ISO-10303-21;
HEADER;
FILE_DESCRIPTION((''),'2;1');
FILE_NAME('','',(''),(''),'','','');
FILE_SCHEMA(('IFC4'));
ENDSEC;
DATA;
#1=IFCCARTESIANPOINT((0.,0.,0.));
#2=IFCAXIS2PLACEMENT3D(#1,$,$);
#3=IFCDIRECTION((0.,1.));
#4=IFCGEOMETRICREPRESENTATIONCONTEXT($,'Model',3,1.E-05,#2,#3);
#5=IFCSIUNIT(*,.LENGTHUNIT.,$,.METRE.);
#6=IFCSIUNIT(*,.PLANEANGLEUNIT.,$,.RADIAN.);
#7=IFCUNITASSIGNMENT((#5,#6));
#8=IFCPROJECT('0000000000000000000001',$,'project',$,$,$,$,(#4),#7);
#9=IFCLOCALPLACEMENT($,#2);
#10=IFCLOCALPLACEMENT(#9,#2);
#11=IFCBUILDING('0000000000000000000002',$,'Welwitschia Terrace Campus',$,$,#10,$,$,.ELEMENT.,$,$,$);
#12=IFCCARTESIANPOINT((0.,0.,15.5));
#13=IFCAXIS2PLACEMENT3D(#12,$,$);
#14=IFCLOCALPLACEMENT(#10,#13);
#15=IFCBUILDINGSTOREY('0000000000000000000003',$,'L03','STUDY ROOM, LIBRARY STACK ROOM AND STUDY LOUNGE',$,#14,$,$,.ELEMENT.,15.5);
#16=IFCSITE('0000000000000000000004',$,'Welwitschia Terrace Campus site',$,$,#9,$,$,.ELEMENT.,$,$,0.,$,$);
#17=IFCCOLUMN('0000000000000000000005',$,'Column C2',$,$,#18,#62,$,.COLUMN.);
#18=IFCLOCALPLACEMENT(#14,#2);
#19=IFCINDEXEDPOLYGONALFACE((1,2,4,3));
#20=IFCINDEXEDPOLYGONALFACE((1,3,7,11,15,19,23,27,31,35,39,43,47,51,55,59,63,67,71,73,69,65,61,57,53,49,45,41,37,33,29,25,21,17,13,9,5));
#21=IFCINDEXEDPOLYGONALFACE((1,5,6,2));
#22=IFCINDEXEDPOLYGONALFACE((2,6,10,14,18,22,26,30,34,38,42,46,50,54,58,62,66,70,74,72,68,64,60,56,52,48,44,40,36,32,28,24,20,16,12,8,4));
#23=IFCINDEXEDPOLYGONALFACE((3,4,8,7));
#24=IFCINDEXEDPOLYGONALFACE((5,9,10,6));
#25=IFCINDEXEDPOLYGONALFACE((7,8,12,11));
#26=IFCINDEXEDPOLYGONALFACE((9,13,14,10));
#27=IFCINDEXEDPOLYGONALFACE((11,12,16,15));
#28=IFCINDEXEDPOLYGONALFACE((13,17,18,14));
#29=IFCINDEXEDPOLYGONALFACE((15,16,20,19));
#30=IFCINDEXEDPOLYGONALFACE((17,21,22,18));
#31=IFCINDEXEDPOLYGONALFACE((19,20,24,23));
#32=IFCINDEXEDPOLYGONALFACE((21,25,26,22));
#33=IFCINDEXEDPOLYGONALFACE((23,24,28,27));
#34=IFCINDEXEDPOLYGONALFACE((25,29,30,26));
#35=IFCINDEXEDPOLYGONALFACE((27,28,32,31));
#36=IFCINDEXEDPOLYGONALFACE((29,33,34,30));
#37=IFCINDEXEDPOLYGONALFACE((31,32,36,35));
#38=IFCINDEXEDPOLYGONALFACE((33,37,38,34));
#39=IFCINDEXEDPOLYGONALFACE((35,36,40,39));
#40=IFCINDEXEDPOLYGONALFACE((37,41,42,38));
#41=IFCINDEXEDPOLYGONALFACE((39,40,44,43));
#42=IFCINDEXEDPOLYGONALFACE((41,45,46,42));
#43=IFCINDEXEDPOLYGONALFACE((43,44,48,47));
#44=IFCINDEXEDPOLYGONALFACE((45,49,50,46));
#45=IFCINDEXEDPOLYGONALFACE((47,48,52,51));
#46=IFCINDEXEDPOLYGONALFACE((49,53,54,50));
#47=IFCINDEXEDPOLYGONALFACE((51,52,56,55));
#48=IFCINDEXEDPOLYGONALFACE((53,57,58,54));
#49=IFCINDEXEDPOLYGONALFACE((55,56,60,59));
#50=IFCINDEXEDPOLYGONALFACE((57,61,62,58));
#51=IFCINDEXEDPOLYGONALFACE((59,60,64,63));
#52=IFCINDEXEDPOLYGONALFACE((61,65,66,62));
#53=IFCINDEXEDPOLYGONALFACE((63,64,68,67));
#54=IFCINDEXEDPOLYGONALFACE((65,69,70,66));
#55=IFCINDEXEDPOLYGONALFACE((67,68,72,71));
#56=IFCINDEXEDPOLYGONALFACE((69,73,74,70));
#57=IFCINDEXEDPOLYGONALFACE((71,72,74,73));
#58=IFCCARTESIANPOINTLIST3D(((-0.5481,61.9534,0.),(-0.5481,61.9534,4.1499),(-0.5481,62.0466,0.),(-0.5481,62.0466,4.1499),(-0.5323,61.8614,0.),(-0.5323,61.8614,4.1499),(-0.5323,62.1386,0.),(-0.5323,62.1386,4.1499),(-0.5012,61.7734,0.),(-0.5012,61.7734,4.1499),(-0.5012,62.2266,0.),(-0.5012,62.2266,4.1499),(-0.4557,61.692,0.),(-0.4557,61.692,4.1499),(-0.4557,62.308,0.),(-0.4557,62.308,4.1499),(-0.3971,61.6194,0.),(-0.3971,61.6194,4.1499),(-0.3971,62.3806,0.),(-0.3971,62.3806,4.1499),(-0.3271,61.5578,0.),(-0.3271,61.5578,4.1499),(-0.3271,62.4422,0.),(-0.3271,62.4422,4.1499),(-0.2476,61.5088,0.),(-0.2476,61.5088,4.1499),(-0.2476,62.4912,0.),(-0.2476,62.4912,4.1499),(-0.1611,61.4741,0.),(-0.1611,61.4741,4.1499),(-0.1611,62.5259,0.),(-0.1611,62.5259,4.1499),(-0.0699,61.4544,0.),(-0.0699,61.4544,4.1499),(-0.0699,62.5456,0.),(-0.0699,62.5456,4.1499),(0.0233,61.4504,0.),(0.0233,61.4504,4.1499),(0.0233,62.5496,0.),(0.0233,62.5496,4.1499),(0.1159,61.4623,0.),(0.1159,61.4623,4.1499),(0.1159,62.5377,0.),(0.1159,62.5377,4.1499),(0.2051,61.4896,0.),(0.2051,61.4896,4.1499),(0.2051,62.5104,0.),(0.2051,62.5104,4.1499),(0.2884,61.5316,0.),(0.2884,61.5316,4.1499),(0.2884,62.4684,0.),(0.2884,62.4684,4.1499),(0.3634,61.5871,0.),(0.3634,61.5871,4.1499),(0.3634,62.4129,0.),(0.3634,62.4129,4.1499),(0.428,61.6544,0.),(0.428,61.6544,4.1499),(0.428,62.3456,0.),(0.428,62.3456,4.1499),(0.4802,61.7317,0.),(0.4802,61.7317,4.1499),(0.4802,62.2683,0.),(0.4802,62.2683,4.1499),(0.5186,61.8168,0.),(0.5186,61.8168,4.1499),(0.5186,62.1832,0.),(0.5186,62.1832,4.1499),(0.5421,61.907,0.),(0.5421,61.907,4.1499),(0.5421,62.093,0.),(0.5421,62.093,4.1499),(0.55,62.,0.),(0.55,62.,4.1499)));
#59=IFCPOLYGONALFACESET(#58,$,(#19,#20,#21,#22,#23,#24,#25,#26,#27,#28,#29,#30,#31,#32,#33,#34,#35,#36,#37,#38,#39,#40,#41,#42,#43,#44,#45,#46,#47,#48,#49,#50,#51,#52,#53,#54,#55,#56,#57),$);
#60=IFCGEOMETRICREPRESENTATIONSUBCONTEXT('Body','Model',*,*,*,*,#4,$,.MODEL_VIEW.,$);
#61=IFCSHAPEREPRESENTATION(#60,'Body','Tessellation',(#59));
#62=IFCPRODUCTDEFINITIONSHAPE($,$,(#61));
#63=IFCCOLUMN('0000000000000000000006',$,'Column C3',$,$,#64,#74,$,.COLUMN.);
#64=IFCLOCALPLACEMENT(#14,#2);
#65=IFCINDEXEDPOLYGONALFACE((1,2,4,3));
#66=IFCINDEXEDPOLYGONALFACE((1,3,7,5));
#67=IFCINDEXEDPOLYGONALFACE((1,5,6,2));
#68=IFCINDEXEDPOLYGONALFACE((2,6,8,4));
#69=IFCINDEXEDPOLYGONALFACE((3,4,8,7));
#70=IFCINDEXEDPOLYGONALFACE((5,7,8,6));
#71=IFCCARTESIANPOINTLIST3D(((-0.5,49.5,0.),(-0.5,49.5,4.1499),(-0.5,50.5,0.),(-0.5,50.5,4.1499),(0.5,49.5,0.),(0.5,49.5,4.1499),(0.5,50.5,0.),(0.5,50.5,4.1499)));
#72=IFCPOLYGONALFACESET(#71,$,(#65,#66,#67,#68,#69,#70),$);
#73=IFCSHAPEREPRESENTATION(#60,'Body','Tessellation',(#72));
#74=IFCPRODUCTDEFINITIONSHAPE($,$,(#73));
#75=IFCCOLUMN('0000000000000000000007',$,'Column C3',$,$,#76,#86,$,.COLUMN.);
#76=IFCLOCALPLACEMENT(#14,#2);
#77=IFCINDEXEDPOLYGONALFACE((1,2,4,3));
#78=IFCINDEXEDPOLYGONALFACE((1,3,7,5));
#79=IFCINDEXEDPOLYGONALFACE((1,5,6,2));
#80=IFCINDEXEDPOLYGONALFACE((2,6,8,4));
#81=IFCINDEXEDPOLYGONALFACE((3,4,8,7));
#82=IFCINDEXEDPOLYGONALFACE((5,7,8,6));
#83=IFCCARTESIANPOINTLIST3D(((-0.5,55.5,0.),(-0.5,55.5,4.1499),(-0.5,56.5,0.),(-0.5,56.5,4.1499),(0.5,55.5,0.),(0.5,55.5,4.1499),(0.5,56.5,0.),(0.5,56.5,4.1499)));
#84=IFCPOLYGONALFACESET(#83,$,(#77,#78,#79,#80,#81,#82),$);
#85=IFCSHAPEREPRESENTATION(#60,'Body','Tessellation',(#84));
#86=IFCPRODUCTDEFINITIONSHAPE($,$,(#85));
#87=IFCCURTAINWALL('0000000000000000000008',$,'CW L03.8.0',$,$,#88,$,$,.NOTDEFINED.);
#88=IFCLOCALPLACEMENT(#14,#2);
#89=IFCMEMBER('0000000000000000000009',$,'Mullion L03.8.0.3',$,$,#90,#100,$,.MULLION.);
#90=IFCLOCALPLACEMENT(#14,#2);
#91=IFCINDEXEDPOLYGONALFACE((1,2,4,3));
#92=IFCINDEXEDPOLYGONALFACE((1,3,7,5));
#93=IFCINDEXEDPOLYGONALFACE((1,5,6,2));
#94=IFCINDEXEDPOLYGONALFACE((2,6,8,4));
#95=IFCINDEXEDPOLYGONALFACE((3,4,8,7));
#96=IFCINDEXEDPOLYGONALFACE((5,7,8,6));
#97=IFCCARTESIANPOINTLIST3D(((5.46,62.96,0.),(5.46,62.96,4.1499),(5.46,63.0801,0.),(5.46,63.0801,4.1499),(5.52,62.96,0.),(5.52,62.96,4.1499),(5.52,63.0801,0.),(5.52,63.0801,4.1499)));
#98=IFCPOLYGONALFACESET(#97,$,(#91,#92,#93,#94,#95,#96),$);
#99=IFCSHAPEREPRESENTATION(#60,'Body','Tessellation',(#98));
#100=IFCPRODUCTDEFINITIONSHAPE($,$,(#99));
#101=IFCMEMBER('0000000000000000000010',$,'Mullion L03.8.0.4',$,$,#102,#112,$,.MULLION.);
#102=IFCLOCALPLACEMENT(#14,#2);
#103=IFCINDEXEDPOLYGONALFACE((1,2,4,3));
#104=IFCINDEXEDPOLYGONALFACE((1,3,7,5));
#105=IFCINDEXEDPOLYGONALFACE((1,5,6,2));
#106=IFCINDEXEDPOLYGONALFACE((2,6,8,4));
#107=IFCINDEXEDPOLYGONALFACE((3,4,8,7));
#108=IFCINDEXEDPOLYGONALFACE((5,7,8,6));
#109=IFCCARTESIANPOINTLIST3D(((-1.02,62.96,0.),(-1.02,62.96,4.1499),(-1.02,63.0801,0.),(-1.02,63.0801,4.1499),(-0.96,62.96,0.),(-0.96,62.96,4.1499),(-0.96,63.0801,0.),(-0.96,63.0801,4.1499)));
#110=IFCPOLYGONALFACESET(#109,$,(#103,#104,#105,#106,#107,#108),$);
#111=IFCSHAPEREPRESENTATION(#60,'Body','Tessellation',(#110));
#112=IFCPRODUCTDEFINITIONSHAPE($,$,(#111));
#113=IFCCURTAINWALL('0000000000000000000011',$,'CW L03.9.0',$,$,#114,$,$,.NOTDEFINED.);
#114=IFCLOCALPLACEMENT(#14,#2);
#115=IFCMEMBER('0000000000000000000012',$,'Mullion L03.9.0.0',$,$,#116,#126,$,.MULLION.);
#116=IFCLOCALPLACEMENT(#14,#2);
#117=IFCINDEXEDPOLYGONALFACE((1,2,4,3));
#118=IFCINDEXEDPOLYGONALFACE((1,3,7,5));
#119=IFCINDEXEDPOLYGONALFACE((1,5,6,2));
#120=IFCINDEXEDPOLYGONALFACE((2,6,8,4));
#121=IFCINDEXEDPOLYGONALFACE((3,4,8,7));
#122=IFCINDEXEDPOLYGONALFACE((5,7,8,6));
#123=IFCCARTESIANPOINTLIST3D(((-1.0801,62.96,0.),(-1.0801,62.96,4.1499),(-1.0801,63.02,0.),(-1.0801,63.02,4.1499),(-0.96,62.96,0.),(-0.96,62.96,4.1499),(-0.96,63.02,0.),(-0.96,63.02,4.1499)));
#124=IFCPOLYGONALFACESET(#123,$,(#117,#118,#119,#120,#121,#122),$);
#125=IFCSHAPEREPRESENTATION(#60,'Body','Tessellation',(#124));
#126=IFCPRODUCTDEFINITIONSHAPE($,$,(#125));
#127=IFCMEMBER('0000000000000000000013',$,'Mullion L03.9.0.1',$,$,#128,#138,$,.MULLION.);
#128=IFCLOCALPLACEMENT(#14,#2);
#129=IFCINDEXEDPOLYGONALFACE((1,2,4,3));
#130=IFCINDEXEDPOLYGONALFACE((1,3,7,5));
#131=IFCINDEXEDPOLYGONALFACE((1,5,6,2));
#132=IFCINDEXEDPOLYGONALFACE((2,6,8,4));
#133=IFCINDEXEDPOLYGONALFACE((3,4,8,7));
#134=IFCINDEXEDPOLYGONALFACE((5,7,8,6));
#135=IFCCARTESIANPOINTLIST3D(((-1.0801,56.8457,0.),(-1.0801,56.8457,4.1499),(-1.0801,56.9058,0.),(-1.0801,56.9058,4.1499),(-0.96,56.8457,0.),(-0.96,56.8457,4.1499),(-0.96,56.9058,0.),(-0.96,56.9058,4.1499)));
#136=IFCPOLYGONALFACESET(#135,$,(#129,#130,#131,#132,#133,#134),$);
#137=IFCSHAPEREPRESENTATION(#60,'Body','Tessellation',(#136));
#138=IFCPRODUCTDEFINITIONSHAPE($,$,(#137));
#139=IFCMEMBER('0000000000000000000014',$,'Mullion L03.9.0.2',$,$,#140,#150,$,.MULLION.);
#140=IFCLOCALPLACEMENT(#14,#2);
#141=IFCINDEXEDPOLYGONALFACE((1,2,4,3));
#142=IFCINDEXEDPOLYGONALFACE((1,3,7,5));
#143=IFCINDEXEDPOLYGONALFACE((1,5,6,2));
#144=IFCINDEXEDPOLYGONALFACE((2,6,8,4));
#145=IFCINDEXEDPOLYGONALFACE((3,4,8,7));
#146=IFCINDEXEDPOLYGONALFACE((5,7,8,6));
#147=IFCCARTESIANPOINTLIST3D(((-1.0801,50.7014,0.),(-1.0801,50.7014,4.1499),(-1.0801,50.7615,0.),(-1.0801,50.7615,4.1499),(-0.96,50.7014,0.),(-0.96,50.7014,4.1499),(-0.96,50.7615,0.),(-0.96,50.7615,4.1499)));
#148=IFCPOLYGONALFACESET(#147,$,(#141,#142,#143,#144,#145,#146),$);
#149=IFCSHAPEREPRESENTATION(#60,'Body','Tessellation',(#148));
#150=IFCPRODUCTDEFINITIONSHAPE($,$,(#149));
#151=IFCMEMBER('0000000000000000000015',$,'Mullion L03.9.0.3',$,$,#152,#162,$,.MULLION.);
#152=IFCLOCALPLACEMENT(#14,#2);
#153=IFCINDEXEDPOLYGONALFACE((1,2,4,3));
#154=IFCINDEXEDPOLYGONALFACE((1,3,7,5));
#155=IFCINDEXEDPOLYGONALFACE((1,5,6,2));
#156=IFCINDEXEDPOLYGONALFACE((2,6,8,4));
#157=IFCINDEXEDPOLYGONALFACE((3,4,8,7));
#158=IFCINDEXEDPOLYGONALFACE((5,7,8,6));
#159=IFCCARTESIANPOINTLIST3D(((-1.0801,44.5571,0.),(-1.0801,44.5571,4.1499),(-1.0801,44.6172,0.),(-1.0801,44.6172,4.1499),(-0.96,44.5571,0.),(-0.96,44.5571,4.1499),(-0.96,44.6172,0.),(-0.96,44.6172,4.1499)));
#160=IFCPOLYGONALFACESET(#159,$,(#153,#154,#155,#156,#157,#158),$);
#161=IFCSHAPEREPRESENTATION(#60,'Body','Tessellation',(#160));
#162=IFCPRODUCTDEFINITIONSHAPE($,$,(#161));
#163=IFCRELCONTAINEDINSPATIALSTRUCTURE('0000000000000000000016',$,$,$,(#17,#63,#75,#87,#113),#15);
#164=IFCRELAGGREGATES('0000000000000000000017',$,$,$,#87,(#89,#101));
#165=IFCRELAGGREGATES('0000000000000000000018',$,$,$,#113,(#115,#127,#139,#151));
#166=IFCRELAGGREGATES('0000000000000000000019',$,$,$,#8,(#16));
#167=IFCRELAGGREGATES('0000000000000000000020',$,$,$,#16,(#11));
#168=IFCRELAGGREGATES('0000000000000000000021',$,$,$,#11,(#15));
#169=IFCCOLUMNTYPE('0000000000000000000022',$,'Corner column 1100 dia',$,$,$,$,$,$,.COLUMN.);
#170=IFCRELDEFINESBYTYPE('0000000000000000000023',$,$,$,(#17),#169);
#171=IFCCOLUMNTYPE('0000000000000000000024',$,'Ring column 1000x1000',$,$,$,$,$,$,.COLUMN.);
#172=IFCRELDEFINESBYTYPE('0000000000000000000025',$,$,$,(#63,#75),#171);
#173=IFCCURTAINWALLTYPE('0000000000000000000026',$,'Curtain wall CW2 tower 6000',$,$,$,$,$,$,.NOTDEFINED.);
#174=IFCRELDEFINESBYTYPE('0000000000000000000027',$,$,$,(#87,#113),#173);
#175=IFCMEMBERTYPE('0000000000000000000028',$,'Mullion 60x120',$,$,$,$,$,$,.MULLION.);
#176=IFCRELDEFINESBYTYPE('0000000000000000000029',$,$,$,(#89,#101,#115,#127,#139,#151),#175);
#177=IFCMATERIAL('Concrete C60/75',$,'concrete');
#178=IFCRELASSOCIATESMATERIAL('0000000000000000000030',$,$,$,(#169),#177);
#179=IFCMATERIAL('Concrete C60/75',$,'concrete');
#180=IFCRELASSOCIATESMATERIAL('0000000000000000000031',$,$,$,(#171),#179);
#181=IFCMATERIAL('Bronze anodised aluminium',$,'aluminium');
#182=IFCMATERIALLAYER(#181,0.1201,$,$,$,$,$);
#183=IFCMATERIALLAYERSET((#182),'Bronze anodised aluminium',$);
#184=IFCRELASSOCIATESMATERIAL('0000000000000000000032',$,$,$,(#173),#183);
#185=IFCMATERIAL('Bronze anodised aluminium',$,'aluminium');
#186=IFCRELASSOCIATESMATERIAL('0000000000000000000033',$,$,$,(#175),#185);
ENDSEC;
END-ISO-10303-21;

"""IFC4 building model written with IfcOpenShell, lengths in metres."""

from ifc_helpers import new_model, si_unit, direction, frame, origin, origin_2d, place, context, subcontext, project, spatial, rectangle, circle, extrude, material, layer, layer_set, material_profile, profile_set, type_object, element, aggregate, save


model = new_model("IFC4")

# Units and contexts
model_context = context("Model", 3, precision=1e-05, world=origin(), true_north=direction((0.0, 1.0)))
body_context = subcontext(model_context, "Body", "Model", "MODEL_VIEW")
ifc_project = project(units=[si_unit("LENGTHUNIT", "METRE"), si_unit("PLANEANGLEUNIT", "RADIAN")], contexts=[model_context])

# Site, building, storey
site_placement = place(None, origin())
site = spatial("IfcSite", under=ifc_project, at=site_placement, Name="Welwitschia Terrace Campus site", CompositionType="ELEMENT", RefElevation=0.0)
building_placement = place(site_placement, origin())
building = spatial("IfcBuilding", under=site, at=building_placement, Name="Welwitschia Terrace Campus", CompositionType="ELEMENT")
storey_placement = place(building_placement, frame((0.0, 0.0, 15.5)))
storey = spatial("IfcBuildingStorey", under=building, at=storey_placement, Name="L03", Description="STUDY ROOM, LIBRARY STACK ROOM AND STUDY LOUNGE", CompositionType="ELEMENT", Elevation=15.5)

# Columns
ifc_material_1 = material(Name="Concrete C60/75", Category="concrete")
ifc_material_profile_1 = material_profile(ifc_material_1, circle(Radius=0.55, at=origin_2d()))
ifc_profile_set_1 = profile_set([ifc_material_profile_1], Name="Concrete C60/75")
column_type_1 = type_object("IfcColumnType", Name="Corner column 1100 dia", PredefinedType="COLUMN", material=ifc_profile_set_1)
column_placement = place(storey_placement, frame((0.0, 62.0, 0.0), z_axis=(0.0, 0.0, 1.0), x_axis=(1.0, 0.0, 0.0)))
element("IfcColumn", 1, at=column_placement, inside=storey, type_object=column_type_1, Name="Column C2", PredefinedType="COLUMN", context=body_context, shape_type="SweptSolid", body=[
    extrude(circle(Radius=0.55, at=origin_2d()), origin(), (0.0, 0.0, 1.0), 4.1499),
])
ifc_material_2 = material(Name="Concrete C60/75", Category="concrete")
ifc_material_profile_2 = material_profile(ifc_material_2, rectangle(XDim=1.0, YDim=1.0, at=origin_2d()))
ifc_profile_set_2 = profile_set([ifc_material_profile_2], Name="Concrete C60/75")
column_type_2 = type_object("IfcColumnType", Name="Ring column 1000x1000", PredefinedType="COLUMN", material=ifc_profile_set_2)
for number, where, z_axis, x_axis, name in (
    (2, (0.0, 50.0, 0.0), (0.0, 0.0, 1.0), (1.0, 0.0, 0.0), "Column C3"),
    (3, (0.0, 56.0, 0.0), (0.0, 0.0, 1.0), (1.0, 0.0, 0.0), "Column C3"),
):
    element("IfcColumn", number, at=place(storey_placement, frame(where, z_axis=z_axis, x_axis=x_axis)), inside=storey, type_object=column_type_2, Name=name, PredefinedType="COLUMN", context=body_context, shape_type="SweptSolid", body=[
        extrude(rectangle(XDim=1.0, YDim=1.0, at=origin_2d()), origin(), (0.0, 0.0, 1.0), 4.1499),
    ])

# Curtain walls, members
ifc_material_3 = material(Name="Bronze anodised aluminium", Category="aluminium")
ifc_layer_1 = layer(ifc_material_3, 0.1201)
ifc_layer_set_1 = layer_set([ifc_layer_1], Name="Bronze anodised aluminium")
curtain_wall_type = type_object("IfcCurtainWallType", Name="Curtain wall CW2 tower 6000", PredefinedType="NOTDEFINED", material=ifc_layer_set_1)
curtain_wall_1_placement = place(storey_placement, origin())
curtain_wall_1 = element("IfcCurtainWall", 4, at=curtain_wall_1_placement, inside=storey, type_object=curtain_wall_type, Name="CW L03.8.0", PredefinedType="NOTDEFINED")
ifc_material_4 = material(Name="Bronze anodised aluminium", Category="aluminium")
ifc_material_profile_3 = material_profile(ifc_material_4, rectangle(XDim=0.1201, YDim=0.0601, at=origin_2d()))
ifc_profile_set_3 = profile_set([ifc_material_profile_3], Name="Bronze anodised aluminium")
member_type_1 = type_object("IfcMemberType", Name="Mullion 60x120", PredefinedType="MULLION", material=ifc_profile_set_3)
member_1_placement = place(storey_placement, frame((5.49, 63.02, 0.0), z_axis=(0.0, 0.0, 1.0), x_axis=(0.0, -1.0, 0.0)))
member_1 = element("IfcMember", 5, at=member_1_placement, type_object=member_type_1, Name="Mullion L03.8.0.3", PredefinedType="MULLION", context=body_context, shape_type="SweptSolid", body=[
    extrude(rectangle(XDim=0.1201, YDim=0.0601, at=origin_2d()), origin(), (0.0, 0.0, 1.0), 4.1499),
])
member_2_placement = place(storey_placement, frame((-0.99, 63.02, 0.0), z_axis=(0.0, 0.0, 1.0), x_axis=(0.0, -1.0, 0.0)))
member_2 = element("IfcMember", 6, at=member_2_placement, type_object=member_type_1, Name="Mullion L03.8.0.4", PredefinedType="MULLION", context=body_context, shape_type="SweptSolid", body=[
    extrude(rectangle(XDim=0.1201, YDim=0.0601, at=origin_2d()), origin(), (0.0, 0.0, 1.0), 4.1499),
])
curtain_wall_2_placement = place(storey_placement, origin())
curtain_wall_2 = element("IfcCurtainWall", 7, at=curtain_wall_2_placement, inside=storey, type_object=curtain_wall_type, Name="CW L03.9.0", PredefinedType="NOTDEFINED")
member_3_placement = place(storey_placement, frame((-1.02, 62.99, 0.0), z_axis=(0.0, 0.0, 1.0), x_axis=(1.0, 0.0, 0.0)))
member_3 = element("IfcMember", 8, at=member_3_placement, type_object=member_type_1, Name="Mullion L03.9.0.0", PredefinedType="MULLION", context=body_context, shape_type="SweptSolid", body=[
    extrude(rectangle(XDim=0.1201, YDim=0.0601, at=origin_2d()), origin(), (0.0, 0.0, 1.0), 4.1499),
])
member_4_placement = place(storey_placement, frame((-1.02, 56.8757, 0.0), z_axis=(0.0, 0.0, 1.0), x_axis=(1.0, 0.0, 0.0)))
member_4 = element("IfcMember", 9, at=member_4_placement, type_object=member_type_1, Name="Mullion L03.9.0.1", PredefinedType="MULLION", context=body_context, shape_type="SweptSolid", body=[
    extrude(rectangle(XDim=0.1201, YDim=0.0601, at=origin_2d()), origin(), (0.0, 0.0, 1.0), 4.1499),
])
member_5_placement = place(storey_placement, frame((-1.02, 50.7314, 0.0), z_axis=(0.0, 0.0, 1.0), x_axis=(1.0, 0.0, 0.0)))
member_5 = element("IfcMember", 10, at=member_5_placement, type_object=member_type_1, Name="Mullion L03.9.0.2", PredefinedType="MULLION", context=body_context, shape_type="SweptSolid", body=[
    extrude(rectangle(XDim=0.1201, YDim=0.0601, at=origin_2d()), origin(), (0.0, 0.0, 1.0), 4.1499),
])
member_6_placement = place(storey_placement, frame((-1.02, 44.5872, 0.0), z_axis=(0.0, 0.0, 1.0), x_axis=(1.0, 0.0, 0.0)))
member_6 = element("IfcMember", 11, at=member_6_placement, type_object=member_type_1, Name="Mullion L03.9.0.3", PredefinedType="MULLION", context=body_context, shape_type="SweptSolid", body=[
    extrude(rectangle(XDim=0.1201, YDim=0.0601, at=origin_2d()), origin(), (0.0, 0.0, 1.0), 4.1499),
])

aggregate(curtain_wall_1, [member_1, member_2])
aggregate(curtain_wall_2, [member_3, member_4, member_5, member_6])

save(model, "model.ifc")
